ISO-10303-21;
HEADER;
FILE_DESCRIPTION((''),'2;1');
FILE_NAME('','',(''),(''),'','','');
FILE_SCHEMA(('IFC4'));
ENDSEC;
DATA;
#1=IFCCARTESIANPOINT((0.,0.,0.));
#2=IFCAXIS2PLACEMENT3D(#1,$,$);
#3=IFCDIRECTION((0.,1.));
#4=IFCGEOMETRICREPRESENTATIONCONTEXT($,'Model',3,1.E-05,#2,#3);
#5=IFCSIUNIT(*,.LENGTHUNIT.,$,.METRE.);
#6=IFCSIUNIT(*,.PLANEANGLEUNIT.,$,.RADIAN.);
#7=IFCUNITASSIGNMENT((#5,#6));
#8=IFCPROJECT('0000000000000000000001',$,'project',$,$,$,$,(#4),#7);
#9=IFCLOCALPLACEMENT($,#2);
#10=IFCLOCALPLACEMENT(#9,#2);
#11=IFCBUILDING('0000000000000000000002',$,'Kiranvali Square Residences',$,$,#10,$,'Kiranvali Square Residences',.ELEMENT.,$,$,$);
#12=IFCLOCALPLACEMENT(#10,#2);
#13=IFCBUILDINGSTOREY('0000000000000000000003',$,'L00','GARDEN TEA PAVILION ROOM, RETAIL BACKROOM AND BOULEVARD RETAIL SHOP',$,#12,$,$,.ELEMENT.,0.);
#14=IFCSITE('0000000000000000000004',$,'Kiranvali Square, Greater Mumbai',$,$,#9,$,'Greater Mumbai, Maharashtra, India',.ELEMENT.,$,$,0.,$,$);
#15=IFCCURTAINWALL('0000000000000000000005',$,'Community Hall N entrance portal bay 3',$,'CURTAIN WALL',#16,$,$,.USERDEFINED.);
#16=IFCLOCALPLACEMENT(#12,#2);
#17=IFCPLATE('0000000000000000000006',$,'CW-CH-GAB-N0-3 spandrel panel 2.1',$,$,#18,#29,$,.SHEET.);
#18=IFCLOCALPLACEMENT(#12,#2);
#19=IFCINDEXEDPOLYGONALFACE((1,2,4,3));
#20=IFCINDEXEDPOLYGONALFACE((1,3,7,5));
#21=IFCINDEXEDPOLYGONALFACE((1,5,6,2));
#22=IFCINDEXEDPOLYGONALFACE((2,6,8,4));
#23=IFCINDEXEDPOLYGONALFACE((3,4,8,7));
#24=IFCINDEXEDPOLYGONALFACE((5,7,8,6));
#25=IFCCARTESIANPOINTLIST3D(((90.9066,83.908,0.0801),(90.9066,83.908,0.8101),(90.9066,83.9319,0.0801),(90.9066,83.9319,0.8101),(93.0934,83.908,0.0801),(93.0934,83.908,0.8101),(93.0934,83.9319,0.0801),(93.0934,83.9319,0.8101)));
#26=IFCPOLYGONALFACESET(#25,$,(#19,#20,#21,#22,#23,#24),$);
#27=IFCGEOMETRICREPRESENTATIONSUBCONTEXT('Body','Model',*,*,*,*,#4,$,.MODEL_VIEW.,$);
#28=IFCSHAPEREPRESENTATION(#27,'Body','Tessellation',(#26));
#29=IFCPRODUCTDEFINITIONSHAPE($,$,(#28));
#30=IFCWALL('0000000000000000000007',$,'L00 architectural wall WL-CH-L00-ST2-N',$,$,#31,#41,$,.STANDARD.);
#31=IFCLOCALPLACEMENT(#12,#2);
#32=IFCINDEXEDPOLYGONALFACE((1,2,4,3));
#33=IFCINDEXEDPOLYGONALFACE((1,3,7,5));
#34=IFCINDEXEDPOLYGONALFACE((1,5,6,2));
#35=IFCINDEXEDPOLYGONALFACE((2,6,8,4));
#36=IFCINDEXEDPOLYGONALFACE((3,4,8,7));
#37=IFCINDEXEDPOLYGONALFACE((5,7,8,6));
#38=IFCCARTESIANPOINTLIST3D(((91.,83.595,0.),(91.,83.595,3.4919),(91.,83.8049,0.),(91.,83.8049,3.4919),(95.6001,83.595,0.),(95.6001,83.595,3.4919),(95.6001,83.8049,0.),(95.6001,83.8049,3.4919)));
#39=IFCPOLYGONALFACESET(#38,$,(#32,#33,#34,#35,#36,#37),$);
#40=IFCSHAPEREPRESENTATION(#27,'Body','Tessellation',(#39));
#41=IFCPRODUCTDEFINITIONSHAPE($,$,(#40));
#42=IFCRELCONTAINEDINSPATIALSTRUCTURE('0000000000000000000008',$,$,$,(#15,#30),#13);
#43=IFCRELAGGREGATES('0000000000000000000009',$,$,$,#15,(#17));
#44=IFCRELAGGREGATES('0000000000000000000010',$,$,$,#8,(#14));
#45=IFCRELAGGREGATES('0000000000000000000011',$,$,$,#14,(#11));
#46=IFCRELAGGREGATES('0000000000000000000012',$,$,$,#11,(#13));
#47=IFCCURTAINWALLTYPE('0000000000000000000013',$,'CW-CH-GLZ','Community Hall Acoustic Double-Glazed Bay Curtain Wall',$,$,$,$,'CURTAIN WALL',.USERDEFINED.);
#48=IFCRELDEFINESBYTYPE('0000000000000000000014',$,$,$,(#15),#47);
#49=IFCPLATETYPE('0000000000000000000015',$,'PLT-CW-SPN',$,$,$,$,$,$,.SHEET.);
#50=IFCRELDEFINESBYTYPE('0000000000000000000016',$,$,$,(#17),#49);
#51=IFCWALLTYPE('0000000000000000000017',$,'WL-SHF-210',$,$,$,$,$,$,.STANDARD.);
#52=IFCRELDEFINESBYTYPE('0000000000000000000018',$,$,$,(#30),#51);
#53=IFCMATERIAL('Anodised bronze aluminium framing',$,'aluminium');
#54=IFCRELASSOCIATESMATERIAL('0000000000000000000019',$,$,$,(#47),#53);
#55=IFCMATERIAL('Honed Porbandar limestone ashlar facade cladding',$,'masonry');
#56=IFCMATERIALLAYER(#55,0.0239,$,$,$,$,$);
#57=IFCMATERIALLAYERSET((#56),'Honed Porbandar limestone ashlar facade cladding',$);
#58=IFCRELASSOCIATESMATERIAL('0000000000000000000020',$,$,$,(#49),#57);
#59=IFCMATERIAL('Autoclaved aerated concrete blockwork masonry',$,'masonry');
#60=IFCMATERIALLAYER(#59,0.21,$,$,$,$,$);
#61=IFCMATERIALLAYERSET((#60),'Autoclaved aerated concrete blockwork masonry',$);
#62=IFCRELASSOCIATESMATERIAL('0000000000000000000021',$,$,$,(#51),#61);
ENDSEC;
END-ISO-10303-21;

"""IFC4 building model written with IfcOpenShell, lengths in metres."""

from ifc_helpers import new_model, si_unit, direction, frame, frame_2d, origin, origin_2d, place, context, subcontext, project, spatial, rectangle, extrude, material, layer, layer_set, type_object, element, aggregate, save


model = new_model("IFC4")

# Units and contexts
model_context = context("Model", 3, precision=1e-05, world=origin(), true_north=direction((0.0, 1.0)))
body_context = subcontext(model_context, "Body", "Model", "MODEL_VIEW")
ifc_project = project(units=[si_unit("LENGTHUNIT", "METRE"), si_unit("PLANEANGLEUNIT", "RADIAN")], contexts=[model_context])

# Site, building, storey
site_placement = place(None, origin())
site = spatial("IfcSite", under=ifc_project, at=site_placement, Name="Kiranvali Square, Greater Mumbai", LongName="Greater Mumbai, Maharashtra, India", CompositionType="ELEMENT", RefElevation=0.0)
building_placement = place(site_placement, origin())
building = spatial("IfcBuilding", under=site, at=building_placement, Name="Kiranvali Square Residences", LongName="Kiranvali Square Residences", CompositionType="ELEMENT")
storey_placement = place(building_placement, origin())
storey = spatial("IfcBuildingStorey", under=building, at=storey_placement, Name="L00", Description="GARDEN TEA PAVILION ROOM, RETAIL BACKROOM AND BOULEVARD RETAIL SHOP", CompositionType="ELEMENT", Elevation=0.0)

# Shared definitions
ifc_material_1 = material(Name="Anodised bronze aluminium framing", Category="aluminium")
curtain_wall_type = type_object("IfcCurtainWallType", Name="CW-CH-GLZ", Description="Community Hall Acoustic Double-Glazed Bay Curtain Wall", ElementType="CURTAIN WALL", PredefinedType="USERDEFINED", material=ifc_material_1)

# Curtain wall
curtain_wall_1_placement = place(storey_placement, origin())
curtain_wall_1 = element("IfcCurtainWall", 1, at=curtain_wall_1_placement, inside=storey, type_object=curtain_wall_type, Name="Community Hall N entrance portal bay 3", ObjectType="CURTAIN WALL", PredefinedType="USERDEFINED")

# Plate
ifc_material_2 = material(Name="Honed Porbandar limestone ashlar facade cladding", Category="masonry")
ifc_layer_1 = layer(ifc_material_2, 0.0239)
ifc_layer_set_1 = layer_set([ifc_layer_1], Name="Honed Porbandar limestone ashlar facade cladding")
plate_type_1 = type_object("IfcPlateType", Name="PLT-CW-SPN", PredefinedType="SHEET", material=ifc_layer_set_1)
plate_1_placement = place(storey_placement, frame((92.0, 83.9199, 0.0801), z_axis=(0.0, 0.0, 1.0), x_axis=(1.0, 0.0, 0.0)))
plate_1 = element("IfcPlate", 2, at=plate_1_placement, type_object=plate_type_1, Name="CW-CH-GAB-N0-3 spandrel panel 2.1", PredefinedType="SHEET", context=body_context, shape_type="SweptSolid", body=[
    extrude(rectangle(XDim=2.1868, YDim=0.0239, at=origin_2d()), origin(), (0.0, 0.0, 1.0), 0.73),
])
aggregate(curtain_wall_1, [plate_1])

# Wall
ifc_material_3 = material(Name="Autoclaved aerated concrete blockwork masonry", Category="masonry")
ifc_layer_2 = layer(ifc_material_3, 0.21)
ifc_layer_set_2 = layer_set([ifc_layer_2], Name="Autoclaved aerated concrete blockwork masonry")
wall_type_1 = type_object("IfcWallType", Name="WL-SHF-210", PredefinedType="STANDARD", material=ifc_layer_set_2)
wall_1_placement = place(storey_placement, frame((91.0, 83.7, 0.0), z_axis=(0.0, 0.0, 1.0), x_axis=(1.0, 0.0, 0.0)))
element("IfcWall", 3, at=wall_1_placement, inside=storey, type_object=wall_type_1, Name="L00 architectural wall WL-CH-L00-ST2-N", PredefinedType="STANDARD", context=body_context, shape_type="SweptSolid", body=[
    extrude(rectangle(XDim=4.6001, YDim=0.21, at=frame_2d((2.3, 0.0))), origin(), (0.0, 0.0, 1.0), 3.4919),
])

save(model, "model.ifc")
